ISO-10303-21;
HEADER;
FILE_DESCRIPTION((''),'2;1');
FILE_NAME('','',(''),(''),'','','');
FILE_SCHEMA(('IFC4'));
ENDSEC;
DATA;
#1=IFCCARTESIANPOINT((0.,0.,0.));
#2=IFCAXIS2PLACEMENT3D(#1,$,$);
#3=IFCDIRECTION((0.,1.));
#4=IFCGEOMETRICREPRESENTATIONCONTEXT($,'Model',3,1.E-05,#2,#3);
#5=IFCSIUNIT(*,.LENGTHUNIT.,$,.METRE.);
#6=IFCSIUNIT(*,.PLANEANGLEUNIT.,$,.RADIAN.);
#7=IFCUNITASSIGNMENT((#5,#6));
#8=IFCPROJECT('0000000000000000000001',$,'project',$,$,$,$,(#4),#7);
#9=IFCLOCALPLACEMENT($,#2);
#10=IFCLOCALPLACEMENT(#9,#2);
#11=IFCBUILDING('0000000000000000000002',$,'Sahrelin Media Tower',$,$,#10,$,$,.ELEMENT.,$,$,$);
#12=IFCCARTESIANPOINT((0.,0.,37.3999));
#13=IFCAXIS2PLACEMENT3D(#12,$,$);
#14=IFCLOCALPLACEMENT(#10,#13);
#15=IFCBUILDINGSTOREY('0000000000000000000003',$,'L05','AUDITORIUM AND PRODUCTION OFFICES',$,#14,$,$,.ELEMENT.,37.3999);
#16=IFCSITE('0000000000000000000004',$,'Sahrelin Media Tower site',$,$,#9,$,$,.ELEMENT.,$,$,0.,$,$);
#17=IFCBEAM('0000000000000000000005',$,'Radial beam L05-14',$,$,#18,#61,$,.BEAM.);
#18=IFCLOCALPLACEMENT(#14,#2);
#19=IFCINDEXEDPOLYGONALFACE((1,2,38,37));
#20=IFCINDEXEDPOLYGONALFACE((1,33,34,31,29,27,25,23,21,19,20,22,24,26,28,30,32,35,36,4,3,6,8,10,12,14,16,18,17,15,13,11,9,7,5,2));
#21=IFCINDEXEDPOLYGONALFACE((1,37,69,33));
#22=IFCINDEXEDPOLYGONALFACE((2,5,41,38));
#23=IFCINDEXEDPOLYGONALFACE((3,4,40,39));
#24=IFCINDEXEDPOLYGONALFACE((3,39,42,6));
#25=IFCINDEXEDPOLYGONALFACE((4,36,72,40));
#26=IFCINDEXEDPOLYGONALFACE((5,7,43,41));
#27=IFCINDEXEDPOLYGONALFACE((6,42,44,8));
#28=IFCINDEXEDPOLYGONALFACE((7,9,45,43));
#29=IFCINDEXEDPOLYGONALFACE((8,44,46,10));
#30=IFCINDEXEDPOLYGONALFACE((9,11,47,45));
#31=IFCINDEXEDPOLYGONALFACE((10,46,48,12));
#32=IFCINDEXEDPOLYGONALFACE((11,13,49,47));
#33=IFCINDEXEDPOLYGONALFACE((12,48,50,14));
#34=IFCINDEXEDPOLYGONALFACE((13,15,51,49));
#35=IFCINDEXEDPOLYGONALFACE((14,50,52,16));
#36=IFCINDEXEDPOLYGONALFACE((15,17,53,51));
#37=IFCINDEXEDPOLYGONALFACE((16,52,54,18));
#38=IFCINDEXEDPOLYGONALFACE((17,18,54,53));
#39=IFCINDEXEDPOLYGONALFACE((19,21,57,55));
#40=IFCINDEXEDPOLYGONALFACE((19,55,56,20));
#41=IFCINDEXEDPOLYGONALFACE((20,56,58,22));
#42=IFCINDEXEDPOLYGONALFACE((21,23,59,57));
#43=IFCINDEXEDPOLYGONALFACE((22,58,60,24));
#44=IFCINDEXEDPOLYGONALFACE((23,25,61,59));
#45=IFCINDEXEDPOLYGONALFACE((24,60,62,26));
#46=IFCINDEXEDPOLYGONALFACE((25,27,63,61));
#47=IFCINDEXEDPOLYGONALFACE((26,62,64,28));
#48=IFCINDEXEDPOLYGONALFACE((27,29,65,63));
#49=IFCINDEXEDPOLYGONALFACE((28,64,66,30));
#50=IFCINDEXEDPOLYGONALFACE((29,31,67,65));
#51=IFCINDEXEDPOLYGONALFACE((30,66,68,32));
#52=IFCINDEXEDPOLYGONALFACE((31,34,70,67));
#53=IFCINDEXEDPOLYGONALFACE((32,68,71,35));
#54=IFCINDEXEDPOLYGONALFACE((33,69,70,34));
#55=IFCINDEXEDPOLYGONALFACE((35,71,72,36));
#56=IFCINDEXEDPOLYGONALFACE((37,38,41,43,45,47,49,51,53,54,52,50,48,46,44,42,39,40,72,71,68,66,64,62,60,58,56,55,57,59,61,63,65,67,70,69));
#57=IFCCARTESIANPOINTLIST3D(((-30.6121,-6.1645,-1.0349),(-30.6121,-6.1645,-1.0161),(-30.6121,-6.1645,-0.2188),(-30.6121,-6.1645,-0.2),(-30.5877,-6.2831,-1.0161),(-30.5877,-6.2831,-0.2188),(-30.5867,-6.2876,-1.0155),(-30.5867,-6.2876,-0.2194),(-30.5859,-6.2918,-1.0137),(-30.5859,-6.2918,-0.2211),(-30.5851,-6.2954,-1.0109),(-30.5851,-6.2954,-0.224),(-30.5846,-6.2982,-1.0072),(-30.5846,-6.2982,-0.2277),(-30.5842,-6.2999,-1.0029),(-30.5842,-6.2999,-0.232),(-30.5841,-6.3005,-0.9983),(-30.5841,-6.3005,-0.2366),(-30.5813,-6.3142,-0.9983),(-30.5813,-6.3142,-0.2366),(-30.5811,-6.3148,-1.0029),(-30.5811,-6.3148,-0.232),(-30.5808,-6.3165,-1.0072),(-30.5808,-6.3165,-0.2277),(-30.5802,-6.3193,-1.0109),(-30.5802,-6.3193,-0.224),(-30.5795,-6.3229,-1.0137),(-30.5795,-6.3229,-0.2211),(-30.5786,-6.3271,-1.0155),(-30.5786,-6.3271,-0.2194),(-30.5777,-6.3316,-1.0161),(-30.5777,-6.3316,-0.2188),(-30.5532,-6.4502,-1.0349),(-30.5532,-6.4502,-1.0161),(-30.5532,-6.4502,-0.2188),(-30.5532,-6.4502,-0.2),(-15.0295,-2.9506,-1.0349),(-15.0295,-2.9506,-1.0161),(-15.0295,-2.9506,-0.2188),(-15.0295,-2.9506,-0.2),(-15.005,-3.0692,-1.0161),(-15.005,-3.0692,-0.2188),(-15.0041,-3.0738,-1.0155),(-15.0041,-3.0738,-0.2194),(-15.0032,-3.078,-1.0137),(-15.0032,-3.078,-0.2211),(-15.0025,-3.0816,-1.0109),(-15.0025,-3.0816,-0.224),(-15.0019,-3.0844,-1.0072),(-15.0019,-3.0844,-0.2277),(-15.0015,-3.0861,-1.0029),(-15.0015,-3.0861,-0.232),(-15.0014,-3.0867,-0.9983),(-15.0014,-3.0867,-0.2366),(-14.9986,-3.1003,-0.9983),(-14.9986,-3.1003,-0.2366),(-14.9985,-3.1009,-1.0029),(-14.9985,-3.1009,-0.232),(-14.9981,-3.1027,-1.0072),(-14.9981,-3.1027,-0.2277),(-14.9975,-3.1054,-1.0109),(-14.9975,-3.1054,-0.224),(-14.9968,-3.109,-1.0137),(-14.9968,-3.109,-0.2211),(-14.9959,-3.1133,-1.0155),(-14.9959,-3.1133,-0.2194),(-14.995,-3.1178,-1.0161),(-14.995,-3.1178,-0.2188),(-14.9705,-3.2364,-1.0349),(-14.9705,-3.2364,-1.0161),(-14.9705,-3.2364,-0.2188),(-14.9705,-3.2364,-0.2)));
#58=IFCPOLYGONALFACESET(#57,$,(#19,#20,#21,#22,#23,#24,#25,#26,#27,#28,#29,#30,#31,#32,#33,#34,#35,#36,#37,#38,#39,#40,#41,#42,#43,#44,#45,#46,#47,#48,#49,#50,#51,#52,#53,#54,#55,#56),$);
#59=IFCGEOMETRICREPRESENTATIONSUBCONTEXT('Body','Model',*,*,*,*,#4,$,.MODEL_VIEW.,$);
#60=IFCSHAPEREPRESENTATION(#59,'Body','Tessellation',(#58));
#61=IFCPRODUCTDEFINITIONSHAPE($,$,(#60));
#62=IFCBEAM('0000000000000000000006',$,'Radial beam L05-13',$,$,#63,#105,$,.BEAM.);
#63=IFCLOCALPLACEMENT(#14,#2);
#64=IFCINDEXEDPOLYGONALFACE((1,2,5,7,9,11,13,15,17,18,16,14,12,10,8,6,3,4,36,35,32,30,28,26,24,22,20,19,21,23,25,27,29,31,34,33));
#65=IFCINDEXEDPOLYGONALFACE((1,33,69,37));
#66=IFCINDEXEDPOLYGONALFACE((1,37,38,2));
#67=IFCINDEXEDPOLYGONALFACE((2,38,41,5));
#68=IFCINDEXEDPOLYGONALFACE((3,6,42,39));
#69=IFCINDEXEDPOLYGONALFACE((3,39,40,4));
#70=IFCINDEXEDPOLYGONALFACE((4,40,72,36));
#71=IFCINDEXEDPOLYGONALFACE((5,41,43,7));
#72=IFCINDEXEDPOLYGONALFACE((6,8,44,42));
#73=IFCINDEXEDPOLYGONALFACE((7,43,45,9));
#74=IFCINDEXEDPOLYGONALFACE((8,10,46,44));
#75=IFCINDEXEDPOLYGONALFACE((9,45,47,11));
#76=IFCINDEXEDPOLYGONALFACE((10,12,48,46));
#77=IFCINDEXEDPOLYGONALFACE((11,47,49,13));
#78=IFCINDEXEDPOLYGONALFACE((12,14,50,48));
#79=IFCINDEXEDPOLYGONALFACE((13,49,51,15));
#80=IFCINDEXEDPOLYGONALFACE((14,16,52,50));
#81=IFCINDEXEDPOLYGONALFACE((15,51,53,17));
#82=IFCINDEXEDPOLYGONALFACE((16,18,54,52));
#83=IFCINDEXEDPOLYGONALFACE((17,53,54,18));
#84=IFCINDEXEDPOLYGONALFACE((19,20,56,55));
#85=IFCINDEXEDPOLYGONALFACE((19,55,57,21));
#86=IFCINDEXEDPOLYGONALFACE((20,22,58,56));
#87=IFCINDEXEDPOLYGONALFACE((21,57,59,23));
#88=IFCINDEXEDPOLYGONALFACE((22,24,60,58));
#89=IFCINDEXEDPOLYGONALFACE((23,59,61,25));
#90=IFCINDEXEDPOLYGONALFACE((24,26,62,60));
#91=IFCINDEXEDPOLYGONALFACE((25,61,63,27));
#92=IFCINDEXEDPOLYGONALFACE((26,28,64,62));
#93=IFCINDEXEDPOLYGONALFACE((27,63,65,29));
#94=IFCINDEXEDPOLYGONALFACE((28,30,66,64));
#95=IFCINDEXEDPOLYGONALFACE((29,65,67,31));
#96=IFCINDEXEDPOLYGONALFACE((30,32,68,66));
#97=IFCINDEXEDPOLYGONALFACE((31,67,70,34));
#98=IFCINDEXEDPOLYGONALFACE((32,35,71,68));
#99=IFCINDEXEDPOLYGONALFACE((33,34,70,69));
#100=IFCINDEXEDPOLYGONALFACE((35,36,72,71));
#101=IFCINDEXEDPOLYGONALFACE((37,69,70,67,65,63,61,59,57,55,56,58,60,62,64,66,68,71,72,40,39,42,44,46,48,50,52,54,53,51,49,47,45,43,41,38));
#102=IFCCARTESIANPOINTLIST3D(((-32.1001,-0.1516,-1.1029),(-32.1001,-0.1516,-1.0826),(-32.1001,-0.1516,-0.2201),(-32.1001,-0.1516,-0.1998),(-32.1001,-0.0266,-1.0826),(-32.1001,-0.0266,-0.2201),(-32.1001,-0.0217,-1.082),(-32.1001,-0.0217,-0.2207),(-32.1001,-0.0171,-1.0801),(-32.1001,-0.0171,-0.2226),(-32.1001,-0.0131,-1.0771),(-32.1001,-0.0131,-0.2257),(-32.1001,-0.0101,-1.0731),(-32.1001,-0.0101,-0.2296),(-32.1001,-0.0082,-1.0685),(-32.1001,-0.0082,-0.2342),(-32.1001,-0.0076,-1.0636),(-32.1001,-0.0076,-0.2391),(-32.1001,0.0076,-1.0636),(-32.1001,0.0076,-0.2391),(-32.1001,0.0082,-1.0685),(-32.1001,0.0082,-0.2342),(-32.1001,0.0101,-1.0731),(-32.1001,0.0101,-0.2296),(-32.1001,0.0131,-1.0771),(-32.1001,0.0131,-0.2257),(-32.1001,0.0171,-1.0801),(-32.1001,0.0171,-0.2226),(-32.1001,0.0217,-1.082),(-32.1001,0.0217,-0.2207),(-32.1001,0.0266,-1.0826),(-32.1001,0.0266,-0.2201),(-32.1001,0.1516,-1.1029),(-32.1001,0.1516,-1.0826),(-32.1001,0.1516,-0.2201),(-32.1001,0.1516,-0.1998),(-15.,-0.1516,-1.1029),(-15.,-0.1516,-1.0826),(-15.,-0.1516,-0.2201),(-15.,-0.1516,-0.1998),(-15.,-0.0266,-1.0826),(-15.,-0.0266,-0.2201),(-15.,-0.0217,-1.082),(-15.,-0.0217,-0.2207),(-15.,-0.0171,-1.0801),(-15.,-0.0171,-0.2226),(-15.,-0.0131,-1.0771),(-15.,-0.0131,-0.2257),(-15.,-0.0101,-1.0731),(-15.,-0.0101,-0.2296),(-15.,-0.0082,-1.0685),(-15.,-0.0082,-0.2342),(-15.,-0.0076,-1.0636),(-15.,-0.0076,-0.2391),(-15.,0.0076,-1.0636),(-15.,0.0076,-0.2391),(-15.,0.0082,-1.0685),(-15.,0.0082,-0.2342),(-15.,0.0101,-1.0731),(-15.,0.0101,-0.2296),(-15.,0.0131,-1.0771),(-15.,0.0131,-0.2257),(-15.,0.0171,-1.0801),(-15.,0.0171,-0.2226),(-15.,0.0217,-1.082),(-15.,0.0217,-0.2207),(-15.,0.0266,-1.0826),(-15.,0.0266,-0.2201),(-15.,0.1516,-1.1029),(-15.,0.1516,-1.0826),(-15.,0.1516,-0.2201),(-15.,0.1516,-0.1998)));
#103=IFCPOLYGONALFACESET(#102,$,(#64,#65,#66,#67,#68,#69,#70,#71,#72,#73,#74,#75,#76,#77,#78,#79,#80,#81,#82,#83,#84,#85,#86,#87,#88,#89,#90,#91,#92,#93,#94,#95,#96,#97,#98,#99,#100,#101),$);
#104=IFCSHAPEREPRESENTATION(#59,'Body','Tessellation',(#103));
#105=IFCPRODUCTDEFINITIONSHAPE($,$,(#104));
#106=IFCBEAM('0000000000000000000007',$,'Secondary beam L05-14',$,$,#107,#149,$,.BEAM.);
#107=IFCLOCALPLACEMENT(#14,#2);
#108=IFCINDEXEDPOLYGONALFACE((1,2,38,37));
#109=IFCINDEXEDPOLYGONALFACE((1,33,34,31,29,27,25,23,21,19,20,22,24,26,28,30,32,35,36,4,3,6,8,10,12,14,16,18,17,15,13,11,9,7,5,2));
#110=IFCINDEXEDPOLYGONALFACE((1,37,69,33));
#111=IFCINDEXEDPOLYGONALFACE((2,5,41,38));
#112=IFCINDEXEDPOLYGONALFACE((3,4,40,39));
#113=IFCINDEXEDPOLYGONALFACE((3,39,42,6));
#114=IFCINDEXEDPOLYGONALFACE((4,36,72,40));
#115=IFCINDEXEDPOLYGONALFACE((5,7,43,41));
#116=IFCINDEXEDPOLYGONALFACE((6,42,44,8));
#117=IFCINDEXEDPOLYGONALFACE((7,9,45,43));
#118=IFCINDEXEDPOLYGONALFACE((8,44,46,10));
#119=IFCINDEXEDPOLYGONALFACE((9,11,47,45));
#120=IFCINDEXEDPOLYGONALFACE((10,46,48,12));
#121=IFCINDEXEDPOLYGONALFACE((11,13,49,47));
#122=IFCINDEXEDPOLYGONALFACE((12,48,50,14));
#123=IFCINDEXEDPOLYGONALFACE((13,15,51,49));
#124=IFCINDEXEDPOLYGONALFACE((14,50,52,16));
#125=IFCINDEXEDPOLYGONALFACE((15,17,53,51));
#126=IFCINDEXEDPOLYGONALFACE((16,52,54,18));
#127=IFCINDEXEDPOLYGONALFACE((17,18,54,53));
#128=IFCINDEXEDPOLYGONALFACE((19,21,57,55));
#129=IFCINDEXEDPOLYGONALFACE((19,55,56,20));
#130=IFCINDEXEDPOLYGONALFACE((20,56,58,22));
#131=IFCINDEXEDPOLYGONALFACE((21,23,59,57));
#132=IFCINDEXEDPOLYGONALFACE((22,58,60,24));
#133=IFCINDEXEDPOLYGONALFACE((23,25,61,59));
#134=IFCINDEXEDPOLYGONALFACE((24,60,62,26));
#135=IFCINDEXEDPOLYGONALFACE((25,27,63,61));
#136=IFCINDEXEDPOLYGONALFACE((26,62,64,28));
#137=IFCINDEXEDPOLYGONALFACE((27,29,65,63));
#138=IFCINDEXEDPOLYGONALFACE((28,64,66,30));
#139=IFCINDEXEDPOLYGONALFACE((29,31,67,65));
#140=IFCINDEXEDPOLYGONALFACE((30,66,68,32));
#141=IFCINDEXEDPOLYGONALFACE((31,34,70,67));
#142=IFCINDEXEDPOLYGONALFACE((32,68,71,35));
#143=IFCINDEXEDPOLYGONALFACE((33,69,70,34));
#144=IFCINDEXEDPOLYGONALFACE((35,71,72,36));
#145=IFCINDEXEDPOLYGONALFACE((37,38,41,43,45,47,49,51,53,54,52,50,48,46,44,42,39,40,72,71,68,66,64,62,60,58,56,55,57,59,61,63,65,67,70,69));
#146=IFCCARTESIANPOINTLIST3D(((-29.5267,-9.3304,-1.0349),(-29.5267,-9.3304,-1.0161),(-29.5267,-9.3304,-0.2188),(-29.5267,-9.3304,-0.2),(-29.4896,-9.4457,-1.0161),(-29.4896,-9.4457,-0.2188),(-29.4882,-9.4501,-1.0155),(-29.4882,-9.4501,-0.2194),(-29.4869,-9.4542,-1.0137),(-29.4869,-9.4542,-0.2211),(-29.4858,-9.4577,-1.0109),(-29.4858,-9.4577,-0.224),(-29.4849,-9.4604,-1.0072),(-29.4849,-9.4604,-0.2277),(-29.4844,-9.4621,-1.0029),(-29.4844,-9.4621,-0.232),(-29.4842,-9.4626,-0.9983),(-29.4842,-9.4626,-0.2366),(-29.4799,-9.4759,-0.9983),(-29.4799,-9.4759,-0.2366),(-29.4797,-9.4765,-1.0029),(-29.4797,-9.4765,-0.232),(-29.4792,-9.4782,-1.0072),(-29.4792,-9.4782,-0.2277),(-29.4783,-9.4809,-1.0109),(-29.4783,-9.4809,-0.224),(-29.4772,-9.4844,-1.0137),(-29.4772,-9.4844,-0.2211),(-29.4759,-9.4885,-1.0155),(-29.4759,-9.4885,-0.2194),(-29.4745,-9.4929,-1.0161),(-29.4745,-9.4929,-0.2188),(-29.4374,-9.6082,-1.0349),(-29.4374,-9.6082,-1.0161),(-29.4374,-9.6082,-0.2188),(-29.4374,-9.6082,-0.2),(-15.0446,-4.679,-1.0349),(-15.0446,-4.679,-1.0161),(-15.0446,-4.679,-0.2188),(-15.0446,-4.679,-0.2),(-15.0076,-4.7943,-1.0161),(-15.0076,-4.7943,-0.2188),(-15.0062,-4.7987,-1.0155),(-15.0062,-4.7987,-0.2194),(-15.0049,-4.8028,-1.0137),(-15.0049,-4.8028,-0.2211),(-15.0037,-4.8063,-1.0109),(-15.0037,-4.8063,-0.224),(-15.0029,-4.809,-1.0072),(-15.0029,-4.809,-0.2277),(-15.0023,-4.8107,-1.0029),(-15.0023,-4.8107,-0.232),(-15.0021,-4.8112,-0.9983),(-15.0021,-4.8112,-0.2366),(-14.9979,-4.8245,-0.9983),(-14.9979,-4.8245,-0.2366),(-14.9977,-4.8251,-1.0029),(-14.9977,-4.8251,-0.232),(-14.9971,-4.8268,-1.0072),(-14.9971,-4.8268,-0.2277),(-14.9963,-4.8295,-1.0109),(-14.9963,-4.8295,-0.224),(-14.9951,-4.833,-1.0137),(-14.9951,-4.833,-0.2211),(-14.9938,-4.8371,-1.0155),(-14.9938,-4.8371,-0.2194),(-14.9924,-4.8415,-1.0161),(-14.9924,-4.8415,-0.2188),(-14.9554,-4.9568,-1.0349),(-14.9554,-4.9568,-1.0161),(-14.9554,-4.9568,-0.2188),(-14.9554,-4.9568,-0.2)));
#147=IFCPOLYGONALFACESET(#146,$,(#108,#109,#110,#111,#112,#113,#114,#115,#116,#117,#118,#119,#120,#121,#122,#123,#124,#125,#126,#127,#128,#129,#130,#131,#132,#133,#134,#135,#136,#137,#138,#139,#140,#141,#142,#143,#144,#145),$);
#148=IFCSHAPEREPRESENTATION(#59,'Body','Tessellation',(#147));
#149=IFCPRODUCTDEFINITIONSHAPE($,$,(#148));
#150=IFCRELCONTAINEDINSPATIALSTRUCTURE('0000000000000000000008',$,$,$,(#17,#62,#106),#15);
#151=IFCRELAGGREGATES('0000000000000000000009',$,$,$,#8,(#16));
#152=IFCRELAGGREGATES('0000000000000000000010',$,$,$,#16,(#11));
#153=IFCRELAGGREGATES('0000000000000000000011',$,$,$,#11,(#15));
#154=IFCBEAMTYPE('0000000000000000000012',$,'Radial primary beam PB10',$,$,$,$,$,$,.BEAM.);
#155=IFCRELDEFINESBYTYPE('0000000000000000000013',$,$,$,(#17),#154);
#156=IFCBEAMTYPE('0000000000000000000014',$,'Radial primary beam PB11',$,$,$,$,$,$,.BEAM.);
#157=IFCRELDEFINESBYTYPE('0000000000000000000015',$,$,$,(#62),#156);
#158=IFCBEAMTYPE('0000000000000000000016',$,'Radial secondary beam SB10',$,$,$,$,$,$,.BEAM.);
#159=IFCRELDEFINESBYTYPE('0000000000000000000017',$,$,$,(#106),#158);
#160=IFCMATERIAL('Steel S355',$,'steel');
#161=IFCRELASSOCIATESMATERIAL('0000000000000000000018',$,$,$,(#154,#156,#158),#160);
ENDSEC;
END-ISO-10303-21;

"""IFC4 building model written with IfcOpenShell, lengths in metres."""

from ifc_helpers import new_model, si_unit, direction, frame, origin, origin_2d, place, context, subcontext, project, spatial, i_section, extrude, material, material_profile, profile_set, type_object, element, save


model = new_model("IFC4")

# Units and contexts
model_context = context("Model", 3, precision=1e-05, world=origin(), true_north=direction((0.0, 1.0)))
body_context = subcontext(model_context, "Body", "Model", "MODEL_VIEW")
ifc_project = project(units=[si_unit("LENGTHUNIT", "METRE"), si_unit("PLANEANGLEUNIT", "RADIAN")], contexts=[model_context])

# Site, building, storey
site_placement = place(None, origin())
site = spatial("IfcSite", under=ifc_project, at=site_placement, Name="Sahrelin Media Tower site", CompositionType="ELEMENT", RefElevation=0.0)
building_placement = place(site_placement, origin())
building = spatial("IfcBuilding", under=site, at=building_placement, Name="Sahrelin Media Tower", CompositionType="ELEMENT")
storey_placement = place(building_placement, frame((0.0, 0.0, 37.3999)))
storey = spatial("IfcBuildingStorey", under=building, at=storey_placement, Name="L05", Description="AUDITORIUM AND PRODUCTION OFFICES", CompositionType="ELEMENT", Elevation=37.3999)

# Beams
ifc_material_1 = material(Name="Steel S355", Category="steel")
ifc_material_profile_1 = material_profile(ifc_material_1, i_section(OverallWidth=0.2917, OverallDepth=0.835, WebThickness=0.0139, FlangeThickness=0.0188, FilletRadius=0.0178, at=origin_2d()), Name="UB 838x292x176")
ifc_profile_set_1 = profile_set([ifc_material_profile_1], Name="Steel S355")
beam_type_1 = type_object("IfcBeamType", Name="Radial primary beam PB10", PredefinedType="BEAM", material=ifc_profile_set_1)
beam_1_placement = place(storey_placement, frame((-15.0, -3.0935, -0.6174), z_axis=(-0.979387, -0.201994, 0.0), x_axis=(0.201994, -0.979387, 0.0)))
element("IfcBeam", 1, at=beam_1_placement, inside=storey, type_object=beam_type_1, Name="Radial beam L05-14", PredefinedType="BEAM", context=body_context, shape_type="SweptSolid", body=[
    extrude(i_section(OverallWidth=0.2917, OverallDepth=0.835, WebThickness=0.0139, FlangeThickness=0.0188, FilletRadius=0.0178, at=origin_2d()), origin(), (0.0, 0.0, 1.0), 15.9106),
])
ifc_material_profile_2 = material_profile(ifc_material_1, i_section(OverallWidth=0.3032, OverallDepth=0.9031, WebThickness=0.0151, FlangeThickness=0.0203, FilletRadius=0.019, at=origin_2d()), Name="UB 914x305x201")
ifc_profile_set_2 = profile_set([ifc_material_profile_2], Name="Steel S355")
beam_type_2 = type_object("IfcBeamType", Name="Radial primary beam PB11", PredefinedType="BEAM", material=ifc_profile_set_2)
beam_2_placement = place(storey_placement, frame((-15.0, 0.0, -0.6514), z_axis=(-1.0, 0.0, 0.0), x_axis=(0.0, -1.0, 0.0)))
element("IfcBeam", 2, at=beam_2_placement, inside=storey, type_object=beam_type_2, Name="Radial beam L05-13", PredefinedType="BEAM", context=body_context, shape_type="SweptSolid", body=[
    extrude(i_section(OverallWidth=0.3032, OverallDepth=0.9031, WebThickness=0.0151, FlangeThickness=0.0203, FilletRadius=0.019, at=origin_2d()), origin(), (0.0, 0.0, 1.0), 17.1001),
])
ifc_material_profile_3 = material_profile(ifc_material_1, i_section(OverallWidth=0.2917, OverallDepth=0.835, WebThickness=0.0139, FlangeThickness=0.0188, FilletRadius=0.0178, at=origin_2d()), Name="UB 838x292x176")
ifc_profile_set_3 = profile_set([ifc_material_profile_3], Name="Steel S355")
beam_type_3 = type_object("IfcBeamType", Name="Radial secondary beam SB10", PredefinedType="BEAM", material=ifc_profile_set_3)
beam_3_placement = place(storey_placement, frame((-15.0, -4.8179, -0.6174), z_axis=(-0.952096, -0.305798, 0.0), x_axis=(0.305798, -0.952096, 0.0)))
element("IfcBeam", 3, at=beam_3_placement, inside=storey, type_object=beam_type_3, Name="Secondary beam L05-14", PredefinedType="BEAM", context=body_context, shape_type="SweptSolid", body=[
    extrude(i_section(OverallWidth=0.2917, OverallDepth=0.835, WebThickness=0.0139, FlangeThickness=0.0188, FilletRadius=0.0178, at=origin_2d()), origin(), (0.0, 0.0, 1.0), 15.2107),
])

save(model, "model.ifc")
